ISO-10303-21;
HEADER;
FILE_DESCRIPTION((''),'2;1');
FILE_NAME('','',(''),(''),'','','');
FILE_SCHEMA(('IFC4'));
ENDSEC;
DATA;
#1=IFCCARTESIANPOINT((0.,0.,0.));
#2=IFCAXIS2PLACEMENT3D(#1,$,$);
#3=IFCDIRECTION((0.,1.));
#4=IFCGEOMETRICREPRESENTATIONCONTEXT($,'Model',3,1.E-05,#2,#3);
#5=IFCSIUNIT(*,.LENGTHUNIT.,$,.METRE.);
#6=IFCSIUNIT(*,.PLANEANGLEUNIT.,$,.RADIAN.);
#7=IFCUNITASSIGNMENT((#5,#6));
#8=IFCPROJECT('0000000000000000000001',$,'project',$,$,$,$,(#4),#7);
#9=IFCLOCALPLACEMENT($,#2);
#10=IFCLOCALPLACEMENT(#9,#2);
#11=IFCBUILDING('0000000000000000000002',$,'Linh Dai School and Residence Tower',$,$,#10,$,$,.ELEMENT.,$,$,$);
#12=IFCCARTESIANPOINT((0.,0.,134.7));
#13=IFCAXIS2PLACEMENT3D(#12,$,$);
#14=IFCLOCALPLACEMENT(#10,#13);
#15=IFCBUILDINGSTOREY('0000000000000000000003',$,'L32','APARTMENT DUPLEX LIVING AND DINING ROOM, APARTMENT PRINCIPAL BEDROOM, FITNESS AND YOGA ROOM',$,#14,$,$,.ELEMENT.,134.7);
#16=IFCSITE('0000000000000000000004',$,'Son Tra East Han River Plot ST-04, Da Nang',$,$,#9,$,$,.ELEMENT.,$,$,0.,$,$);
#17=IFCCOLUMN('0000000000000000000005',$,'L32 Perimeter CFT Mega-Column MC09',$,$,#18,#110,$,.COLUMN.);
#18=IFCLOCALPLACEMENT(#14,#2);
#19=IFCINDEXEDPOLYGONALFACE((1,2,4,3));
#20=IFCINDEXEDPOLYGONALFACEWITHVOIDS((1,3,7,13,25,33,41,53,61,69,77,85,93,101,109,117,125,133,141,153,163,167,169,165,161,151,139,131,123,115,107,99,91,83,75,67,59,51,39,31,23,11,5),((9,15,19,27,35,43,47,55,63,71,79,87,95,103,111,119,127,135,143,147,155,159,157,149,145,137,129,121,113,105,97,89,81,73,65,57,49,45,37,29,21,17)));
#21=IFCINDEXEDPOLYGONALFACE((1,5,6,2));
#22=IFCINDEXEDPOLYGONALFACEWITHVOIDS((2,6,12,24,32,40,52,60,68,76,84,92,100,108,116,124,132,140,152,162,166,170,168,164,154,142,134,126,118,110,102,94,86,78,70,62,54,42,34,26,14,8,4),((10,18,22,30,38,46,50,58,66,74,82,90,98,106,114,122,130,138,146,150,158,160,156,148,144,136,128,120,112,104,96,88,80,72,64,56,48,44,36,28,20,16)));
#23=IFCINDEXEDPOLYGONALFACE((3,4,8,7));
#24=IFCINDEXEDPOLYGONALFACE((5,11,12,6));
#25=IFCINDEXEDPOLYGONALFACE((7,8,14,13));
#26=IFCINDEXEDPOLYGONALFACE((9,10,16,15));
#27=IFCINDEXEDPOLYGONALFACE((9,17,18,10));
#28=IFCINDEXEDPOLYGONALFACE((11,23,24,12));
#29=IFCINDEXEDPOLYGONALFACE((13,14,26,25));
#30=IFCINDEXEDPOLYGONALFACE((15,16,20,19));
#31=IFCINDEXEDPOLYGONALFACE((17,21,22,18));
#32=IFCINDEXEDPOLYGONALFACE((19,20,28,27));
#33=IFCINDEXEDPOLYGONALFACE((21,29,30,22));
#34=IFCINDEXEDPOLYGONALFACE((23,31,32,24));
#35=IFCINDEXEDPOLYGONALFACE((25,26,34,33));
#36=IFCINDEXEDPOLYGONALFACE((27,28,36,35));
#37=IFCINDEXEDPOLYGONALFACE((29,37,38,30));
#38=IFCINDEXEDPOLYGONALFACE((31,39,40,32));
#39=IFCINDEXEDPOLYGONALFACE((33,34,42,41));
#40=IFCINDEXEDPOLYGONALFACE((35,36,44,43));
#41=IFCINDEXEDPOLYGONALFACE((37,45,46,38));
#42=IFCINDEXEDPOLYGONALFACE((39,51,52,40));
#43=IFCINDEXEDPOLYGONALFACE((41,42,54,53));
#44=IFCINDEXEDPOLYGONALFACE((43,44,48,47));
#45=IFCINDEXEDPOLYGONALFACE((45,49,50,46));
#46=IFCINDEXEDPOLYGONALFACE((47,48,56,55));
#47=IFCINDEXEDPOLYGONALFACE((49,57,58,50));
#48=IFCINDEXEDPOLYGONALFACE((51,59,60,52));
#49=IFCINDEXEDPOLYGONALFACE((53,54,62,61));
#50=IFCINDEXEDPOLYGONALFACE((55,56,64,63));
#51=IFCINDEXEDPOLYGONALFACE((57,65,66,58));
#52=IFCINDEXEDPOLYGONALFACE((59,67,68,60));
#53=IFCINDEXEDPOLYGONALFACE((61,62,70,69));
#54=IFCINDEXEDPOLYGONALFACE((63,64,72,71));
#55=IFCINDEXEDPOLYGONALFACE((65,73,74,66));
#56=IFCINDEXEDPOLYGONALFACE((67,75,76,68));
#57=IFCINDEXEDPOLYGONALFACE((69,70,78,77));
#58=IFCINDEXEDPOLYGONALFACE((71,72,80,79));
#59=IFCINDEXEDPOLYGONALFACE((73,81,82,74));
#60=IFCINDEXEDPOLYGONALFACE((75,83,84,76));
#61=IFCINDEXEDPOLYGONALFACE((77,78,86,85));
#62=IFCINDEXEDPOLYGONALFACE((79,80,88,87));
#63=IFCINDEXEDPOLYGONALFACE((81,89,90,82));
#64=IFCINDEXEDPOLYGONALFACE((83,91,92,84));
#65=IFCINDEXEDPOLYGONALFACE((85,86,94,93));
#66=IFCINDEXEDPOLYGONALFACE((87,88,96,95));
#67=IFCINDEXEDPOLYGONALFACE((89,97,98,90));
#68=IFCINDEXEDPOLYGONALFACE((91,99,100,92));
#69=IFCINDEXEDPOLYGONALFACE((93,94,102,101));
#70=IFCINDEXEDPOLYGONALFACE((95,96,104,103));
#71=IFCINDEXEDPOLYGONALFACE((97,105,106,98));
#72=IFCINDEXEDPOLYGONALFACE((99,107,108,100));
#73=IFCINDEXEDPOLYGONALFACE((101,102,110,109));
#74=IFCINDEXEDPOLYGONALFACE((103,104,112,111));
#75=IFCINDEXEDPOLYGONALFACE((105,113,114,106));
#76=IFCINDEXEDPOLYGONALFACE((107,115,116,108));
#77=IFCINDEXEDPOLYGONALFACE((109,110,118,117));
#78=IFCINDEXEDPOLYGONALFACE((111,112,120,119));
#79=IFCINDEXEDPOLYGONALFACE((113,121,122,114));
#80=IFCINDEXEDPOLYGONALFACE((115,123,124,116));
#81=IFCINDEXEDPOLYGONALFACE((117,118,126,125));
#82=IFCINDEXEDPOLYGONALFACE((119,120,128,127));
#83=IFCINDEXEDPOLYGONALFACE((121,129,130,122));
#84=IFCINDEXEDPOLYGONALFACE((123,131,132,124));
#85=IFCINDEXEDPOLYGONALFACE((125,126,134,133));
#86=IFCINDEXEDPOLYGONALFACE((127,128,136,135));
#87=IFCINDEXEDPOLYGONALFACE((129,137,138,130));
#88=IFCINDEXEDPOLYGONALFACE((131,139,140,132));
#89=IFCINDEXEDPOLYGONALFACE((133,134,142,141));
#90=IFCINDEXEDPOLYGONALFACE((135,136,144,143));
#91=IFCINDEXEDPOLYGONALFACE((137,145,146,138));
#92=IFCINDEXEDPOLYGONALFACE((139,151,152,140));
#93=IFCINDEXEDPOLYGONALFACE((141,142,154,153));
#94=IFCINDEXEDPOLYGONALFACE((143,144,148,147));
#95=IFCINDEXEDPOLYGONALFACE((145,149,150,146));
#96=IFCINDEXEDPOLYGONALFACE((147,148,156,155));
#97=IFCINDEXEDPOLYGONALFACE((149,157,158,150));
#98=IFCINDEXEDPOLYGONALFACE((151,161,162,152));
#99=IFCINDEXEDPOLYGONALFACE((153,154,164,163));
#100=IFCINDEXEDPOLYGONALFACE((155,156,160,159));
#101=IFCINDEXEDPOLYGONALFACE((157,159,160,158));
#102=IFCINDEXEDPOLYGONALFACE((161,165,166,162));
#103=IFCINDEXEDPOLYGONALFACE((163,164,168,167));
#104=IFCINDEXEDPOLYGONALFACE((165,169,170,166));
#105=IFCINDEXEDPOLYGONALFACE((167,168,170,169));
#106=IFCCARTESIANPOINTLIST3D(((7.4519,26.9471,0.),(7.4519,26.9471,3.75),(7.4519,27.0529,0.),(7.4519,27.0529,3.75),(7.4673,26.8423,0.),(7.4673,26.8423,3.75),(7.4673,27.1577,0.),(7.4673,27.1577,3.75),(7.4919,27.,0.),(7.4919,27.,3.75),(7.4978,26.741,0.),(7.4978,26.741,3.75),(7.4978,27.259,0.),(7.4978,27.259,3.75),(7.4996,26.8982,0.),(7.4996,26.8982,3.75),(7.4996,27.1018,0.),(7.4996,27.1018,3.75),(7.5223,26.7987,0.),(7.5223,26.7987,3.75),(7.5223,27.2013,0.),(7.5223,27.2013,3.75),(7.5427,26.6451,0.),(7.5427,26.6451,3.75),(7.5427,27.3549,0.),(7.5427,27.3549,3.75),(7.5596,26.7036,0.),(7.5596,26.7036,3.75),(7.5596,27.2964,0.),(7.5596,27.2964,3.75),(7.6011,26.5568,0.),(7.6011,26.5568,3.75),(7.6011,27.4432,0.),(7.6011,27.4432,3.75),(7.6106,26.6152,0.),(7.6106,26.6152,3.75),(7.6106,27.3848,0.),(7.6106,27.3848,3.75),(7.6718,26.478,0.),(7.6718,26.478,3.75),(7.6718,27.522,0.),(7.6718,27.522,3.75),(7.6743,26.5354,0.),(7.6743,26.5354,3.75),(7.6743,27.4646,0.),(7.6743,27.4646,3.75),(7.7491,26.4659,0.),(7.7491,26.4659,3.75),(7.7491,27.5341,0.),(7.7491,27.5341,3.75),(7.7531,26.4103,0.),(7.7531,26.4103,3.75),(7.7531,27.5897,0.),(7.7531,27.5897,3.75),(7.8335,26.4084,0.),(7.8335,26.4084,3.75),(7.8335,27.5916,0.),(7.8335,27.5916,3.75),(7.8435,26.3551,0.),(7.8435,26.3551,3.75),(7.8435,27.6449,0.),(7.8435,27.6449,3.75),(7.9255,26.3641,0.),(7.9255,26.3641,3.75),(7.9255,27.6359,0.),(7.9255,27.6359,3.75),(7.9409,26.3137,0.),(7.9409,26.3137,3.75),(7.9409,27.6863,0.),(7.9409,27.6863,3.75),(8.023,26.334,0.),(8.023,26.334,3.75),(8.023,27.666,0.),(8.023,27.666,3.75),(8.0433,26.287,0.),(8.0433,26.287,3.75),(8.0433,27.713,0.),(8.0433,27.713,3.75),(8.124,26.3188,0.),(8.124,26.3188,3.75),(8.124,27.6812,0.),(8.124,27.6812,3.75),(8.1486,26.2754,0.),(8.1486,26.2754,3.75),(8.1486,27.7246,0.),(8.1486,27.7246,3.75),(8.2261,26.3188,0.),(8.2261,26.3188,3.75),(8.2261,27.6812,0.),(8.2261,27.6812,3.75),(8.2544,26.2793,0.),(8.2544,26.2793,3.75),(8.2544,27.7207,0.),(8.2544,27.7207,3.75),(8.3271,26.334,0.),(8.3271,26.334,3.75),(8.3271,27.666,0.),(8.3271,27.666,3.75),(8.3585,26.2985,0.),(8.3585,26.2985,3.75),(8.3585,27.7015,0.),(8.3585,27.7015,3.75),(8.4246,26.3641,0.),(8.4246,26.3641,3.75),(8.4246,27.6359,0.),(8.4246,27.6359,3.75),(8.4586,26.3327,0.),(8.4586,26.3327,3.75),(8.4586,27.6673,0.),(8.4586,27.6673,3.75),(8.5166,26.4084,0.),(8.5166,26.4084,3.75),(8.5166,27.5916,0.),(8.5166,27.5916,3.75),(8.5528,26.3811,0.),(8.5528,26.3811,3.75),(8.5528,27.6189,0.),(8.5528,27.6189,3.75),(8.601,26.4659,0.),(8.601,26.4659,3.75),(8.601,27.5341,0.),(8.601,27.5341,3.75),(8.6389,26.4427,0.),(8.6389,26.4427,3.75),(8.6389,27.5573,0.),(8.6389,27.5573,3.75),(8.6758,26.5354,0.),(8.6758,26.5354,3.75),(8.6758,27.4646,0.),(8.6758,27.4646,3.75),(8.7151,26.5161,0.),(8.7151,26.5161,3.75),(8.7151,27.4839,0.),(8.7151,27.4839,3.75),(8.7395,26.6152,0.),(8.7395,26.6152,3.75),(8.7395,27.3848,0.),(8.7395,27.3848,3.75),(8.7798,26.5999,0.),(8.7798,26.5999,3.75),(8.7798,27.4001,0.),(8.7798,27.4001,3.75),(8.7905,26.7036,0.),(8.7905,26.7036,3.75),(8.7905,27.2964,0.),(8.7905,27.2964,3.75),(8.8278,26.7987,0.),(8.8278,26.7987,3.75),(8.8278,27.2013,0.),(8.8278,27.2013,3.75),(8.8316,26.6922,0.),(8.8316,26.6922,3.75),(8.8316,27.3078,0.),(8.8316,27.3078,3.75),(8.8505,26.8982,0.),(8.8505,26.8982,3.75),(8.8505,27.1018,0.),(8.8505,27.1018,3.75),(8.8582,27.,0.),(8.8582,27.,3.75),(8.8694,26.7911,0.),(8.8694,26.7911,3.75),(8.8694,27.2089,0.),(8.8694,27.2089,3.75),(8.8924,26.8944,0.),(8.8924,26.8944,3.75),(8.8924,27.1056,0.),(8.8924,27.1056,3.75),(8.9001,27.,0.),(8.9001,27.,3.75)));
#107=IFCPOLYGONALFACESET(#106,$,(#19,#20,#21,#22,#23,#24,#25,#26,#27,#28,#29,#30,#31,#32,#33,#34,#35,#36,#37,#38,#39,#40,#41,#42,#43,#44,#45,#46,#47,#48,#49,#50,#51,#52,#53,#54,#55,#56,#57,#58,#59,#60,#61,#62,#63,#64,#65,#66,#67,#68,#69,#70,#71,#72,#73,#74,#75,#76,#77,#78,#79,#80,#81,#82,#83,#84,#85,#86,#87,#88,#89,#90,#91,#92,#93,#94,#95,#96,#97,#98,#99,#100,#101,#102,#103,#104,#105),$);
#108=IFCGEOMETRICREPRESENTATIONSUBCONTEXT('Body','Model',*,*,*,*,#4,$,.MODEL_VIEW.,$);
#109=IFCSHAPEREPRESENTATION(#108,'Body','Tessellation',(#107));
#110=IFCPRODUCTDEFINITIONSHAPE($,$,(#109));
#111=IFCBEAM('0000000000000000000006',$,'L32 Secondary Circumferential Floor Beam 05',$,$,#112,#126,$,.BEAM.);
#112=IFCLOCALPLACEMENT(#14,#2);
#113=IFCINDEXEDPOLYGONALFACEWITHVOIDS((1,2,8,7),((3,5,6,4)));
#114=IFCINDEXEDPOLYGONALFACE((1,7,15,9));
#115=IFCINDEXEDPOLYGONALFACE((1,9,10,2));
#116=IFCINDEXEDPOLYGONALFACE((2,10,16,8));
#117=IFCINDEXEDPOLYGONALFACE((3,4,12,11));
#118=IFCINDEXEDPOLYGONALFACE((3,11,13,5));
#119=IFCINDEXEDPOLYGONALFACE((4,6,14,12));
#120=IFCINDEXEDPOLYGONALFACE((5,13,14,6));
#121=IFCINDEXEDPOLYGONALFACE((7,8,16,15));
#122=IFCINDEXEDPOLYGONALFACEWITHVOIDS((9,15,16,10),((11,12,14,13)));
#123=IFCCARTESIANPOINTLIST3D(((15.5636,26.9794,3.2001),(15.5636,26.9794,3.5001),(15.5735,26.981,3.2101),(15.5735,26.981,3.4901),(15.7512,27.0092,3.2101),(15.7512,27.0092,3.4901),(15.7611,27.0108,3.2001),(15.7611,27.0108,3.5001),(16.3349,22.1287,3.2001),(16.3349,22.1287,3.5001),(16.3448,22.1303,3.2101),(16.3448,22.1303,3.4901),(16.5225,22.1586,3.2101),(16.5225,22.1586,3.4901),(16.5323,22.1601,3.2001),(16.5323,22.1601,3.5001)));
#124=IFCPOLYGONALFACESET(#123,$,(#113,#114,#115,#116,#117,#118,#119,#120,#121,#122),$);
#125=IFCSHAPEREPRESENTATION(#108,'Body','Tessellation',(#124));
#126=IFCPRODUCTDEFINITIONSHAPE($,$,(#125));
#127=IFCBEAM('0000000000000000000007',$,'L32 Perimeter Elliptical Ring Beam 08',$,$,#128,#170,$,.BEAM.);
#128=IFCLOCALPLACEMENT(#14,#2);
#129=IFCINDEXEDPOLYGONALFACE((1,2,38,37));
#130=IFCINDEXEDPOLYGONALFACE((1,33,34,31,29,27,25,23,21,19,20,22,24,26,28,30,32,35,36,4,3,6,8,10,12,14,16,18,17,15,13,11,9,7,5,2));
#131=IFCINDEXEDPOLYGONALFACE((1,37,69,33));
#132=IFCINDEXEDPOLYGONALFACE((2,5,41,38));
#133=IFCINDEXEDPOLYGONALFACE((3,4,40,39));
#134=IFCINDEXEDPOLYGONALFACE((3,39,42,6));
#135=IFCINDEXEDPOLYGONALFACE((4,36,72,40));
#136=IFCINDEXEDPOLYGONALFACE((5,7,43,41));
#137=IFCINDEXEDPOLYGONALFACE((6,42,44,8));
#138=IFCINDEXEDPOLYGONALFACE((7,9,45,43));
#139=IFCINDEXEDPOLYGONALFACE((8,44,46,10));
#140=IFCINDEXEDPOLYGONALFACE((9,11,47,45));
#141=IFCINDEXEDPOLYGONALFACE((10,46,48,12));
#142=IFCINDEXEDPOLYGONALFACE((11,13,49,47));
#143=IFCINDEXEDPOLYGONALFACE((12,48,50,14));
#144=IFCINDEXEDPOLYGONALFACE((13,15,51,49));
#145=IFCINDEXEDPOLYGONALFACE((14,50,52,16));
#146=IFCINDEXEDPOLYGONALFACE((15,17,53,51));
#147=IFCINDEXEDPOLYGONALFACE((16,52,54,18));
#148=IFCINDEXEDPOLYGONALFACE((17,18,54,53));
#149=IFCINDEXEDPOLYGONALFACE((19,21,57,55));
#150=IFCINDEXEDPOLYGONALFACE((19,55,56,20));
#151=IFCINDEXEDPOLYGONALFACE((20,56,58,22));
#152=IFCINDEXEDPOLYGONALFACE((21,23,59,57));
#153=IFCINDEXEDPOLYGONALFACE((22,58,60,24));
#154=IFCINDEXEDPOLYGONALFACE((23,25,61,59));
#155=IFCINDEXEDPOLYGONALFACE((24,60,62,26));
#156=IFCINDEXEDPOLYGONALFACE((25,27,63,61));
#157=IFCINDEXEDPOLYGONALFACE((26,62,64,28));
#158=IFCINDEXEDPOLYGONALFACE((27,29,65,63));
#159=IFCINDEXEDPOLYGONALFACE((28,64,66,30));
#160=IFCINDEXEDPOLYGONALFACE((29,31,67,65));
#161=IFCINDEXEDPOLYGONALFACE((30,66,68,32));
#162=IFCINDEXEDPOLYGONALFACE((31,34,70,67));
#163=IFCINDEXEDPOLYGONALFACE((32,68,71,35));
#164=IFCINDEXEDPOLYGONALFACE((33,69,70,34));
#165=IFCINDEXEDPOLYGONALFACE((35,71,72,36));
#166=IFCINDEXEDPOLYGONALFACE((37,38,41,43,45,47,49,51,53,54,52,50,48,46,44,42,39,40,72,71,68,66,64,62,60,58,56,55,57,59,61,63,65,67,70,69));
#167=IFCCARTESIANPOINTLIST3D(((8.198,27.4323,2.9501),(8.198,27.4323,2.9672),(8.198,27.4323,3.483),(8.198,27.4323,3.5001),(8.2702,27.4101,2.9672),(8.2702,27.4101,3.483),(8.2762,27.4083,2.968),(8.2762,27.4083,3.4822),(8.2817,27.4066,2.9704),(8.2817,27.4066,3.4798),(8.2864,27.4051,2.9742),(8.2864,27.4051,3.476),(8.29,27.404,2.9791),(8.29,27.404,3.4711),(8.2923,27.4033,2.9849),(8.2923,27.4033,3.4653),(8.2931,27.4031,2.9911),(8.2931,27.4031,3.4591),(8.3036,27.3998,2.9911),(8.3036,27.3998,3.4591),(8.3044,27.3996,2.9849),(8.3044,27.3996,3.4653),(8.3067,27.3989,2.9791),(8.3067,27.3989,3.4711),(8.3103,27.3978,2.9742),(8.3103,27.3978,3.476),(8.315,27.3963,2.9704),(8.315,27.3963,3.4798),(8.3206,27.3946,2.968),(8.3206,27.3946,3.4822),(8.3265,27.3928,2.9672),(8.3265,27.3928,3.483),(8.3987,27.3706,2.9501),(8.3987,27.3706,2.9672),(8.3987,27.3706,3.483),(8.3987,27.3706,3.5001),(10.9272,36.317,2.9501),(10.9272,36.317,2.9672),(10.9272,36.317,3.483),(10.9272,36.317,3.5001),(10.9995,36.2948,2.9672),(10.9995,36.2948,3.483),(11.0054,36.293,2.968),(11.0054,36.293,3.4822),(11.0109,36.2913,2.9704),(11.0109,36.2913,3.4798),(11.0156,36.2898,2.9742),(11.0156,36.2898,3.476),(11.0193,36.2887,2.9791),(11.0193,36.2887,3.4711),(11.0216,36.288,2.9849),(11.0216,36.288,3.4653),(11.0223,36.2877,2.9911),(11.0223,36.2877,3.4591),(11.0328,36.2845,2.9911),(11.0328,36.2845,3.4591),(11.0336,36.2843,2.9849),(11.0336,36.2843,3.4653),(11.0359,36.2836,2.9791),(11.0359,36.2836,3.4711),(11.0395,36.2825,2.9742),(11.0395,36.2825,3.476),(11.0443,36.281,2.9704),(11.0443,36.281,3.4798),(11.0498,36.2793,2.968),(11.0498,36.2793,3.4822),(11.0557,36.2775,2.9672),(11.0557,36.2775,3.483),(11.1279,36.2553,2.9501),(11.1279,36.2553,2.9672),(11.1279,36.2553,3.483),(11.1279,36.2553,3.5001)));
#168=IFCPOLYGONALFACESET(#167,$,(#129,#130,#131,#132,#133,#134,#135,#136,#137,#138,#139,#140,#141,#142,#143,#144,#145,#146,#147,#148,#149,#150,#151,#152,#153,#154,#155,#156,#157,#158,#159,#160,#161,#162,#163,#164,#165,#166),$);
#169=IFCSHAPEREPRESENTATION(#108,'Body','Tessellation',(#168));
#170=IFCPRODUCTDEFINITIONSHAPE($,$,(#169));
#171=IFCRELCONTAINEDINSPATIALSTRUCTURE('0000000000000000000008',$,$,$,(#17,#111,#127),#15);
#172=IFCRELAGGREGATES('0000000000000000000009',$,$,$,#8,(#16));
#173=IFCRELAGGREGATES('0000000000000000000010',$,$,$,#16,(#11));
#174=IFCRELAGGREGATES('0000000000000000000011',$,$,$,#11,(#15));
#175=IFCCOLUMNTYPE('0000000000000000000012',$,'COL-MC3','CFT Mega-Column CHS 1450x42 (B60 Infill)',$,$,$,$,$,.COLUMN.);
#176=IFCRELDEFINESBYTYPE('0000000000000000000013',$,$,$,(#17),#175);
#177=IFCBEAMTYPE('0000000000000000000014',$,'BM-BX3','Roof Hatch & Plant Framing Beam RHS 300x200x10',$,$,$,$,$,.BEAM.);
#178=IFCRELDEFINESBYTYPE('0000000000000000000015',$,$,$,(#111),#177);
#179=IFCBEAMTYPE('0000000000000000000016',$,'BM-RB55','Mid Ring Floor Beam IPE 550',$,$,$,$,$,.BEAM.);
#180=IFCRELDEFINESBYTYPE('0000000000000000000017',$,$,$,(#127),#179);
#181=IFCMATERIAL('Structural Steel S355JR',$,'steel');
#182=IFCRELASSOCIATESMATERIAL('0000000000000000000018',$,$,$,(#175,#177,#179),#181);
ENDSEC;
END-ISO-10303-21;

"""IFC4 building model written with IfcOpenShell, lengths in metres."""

from ifc_helpers import new_model, si_unit, direction, frame, origin, origin_2d, place, context, subcontext, project, spatial, hollow_rectangle, hollow_circle, i_section, extrude, material, material_profile, profile_set, type_object, element, save


model = new_model("IFC4")

# Units and contexts
model_context = context("Model", 3, precision=1e-05, world=origin(), true_north=direction((0.0, 1.0)))
body_context = subcontext(model_context, "Body", "Model", "MODEL_VIEW")
ifc_project = project(units=[si_unit("LENGTHUNIT", "METRE"), si_unit("PLANEANGLEUNIT", "RADIAN")], contexts=[model_context])

# Site, building, storey
site_placement = place(None, origin())
site = spatial("IfcSite", under=ifc_project, at=site_placement, Name="Son Tra East Han River Plot ST-04, Da Nang", CompositionType="ELEMENT", RefElevation=0.0)
building_placement = place(site_placement, origin())
building = spatial("IfcBuilding", under=site, at=building_placement, Name="Linh Dai School and Residence Tower", CompositionType="ELEMENT")
storey_placement = place(building_placement, frame((0.0, 0.0, 134.7)))
storey = spatial("IfcBuildingStorey", under=building, at=storey_placement, Name="L32", Description="APARTMENT DUPLEX LIVING AND DINING ROOM, APARTMENT PRINCIPAL BEDROOM, FITNESS AND YOGA ROOM", CompositionType="ELEMENT", Elevation=134.7)

# Column
ifc_material_1 = material(Name="Structural Steel S355JR", Category="steel")
ifc_material_profile_1 = material_profile(ifc_material_1, hollow_circle(Radius=0.7251, WallThickness=0.042, at=origin_2d()), Name="CHS 1450x42")
ifc_profile_set_1 = profile_set([ifc_material_profile_1], Name="Structural Steel S355JR")
column_type_1 = type_object("IfcColumnType", Name="COL-MC3", Description="CFT Mega-Column CHS 1450x42 (B60 Infill)", PredefinedType="COLUMN", material=ifc_profile_set_1)
for number, where, z_axis, x_axis, name in (
    (1, (8.175, 27.0, 0.0), (0.0, 0.0, 1.0), (1.0, 0.0, 0.0), "L32 Perimeter CFT Mega-Column MC09"),
):
    element("IfcColumn", number, at=place(storey_placement, frame(where, z_axis=z_axis, x_axis=x_axis)), inside=storey, type_object=column_type_1, Name=name, PredefinedType="COLUMN", context=body_context, shape_type="SweptSolid", body=[
        extrude(hollow_circle(Radius=0.7251, WallThickness=0.042, at=origin_2d()), origin(), (0.0, 0.0, 1.0), 3.75),
    ])

# Beams
ifc_material_profile_2 = material_profile(ifc_material_1, hollow_rectangle(XDim=0.2, YDim=0.3, WallThickness=0.01, at=origin_2d()), Name="RHS 300x200x10")
ifc_profile_set_2 = profile_set([ifc_material_profile_2], Name="Structural Steel S355JR")
beam_type_1 = type_object("IfcBeamType", Name="BM-BX3", Description="Roof Hatch & Plant Framing Beam RHS 300x200x10", PredefinedType="BEAM", material=ifc_profile_set_2)
beam_1_placement = place(storey_placement, frame((15.6624, 26.9951, 3.3501), z_axis=(0.157027, -0.987594, 0.0), x_axis=(0.987594, 0.157027, 0.0)))
element("IfcBeam", 2, at=beam_1_placement, inside=storey, type_object=beam_type_1, Name="L32 Secondary Circumferential Floor Beam 05", PredefinedType="BEAM", context=body_context, shape_type="SweptSolid", body=[
    extrude(hollow_rectangle(XDim=0.2, YDim=0.3, WallThickness=0.01, at=origin_2d()), origin(), (0.0, 0.0, 1.0), 4.9116),
])
ifc_material_profile_3 = material_profile(ifc_material_1, i_section(OverallWidth=0.21, OverallDepth=0.55, WebThickness=0.011, FlangeThickness=0.0171, FilletRadius=0.0239, at=origin_2d()), Name="IPE 550")
ifc_profile_set_3 = profile_set([ifc_material_profile_3], Name="Structural Steel S355JR")
beam_type_2 = type_object("IfcBeamType", Name="BM-RB55", Description="Mid Ring Floor Beam IPE 550", PredefinedType="BEAM", material=ifc_profile_set_3)
beam_2_placement = place(storey_placement, frame((11.0276, 36.2861, 3.2251), z_axis=(-0.293641, -0.955916, 0.0), x_axis=(0.955916, -0.293641, 0.0)))
element("IfcBeam", 3, at=beam_2_placement, inside=storey, type_object=beam_type_2, Name="L32 Perimeter Elliptical Ring Beam 08", PredefinedType="BEAM", context=body_context, shape_type="SweptSolid", body=[
    extrude(i_section(OverallWidth=0.21, OverallDepth=0.55, WebThickness=0.011, FlangeThickness=0.0171, FilletRadius=0.0239, at=origin_2d()), origin(), (0.0, 0.0, 1.0), 9.2944),
])

save(model, "model.ifc")
